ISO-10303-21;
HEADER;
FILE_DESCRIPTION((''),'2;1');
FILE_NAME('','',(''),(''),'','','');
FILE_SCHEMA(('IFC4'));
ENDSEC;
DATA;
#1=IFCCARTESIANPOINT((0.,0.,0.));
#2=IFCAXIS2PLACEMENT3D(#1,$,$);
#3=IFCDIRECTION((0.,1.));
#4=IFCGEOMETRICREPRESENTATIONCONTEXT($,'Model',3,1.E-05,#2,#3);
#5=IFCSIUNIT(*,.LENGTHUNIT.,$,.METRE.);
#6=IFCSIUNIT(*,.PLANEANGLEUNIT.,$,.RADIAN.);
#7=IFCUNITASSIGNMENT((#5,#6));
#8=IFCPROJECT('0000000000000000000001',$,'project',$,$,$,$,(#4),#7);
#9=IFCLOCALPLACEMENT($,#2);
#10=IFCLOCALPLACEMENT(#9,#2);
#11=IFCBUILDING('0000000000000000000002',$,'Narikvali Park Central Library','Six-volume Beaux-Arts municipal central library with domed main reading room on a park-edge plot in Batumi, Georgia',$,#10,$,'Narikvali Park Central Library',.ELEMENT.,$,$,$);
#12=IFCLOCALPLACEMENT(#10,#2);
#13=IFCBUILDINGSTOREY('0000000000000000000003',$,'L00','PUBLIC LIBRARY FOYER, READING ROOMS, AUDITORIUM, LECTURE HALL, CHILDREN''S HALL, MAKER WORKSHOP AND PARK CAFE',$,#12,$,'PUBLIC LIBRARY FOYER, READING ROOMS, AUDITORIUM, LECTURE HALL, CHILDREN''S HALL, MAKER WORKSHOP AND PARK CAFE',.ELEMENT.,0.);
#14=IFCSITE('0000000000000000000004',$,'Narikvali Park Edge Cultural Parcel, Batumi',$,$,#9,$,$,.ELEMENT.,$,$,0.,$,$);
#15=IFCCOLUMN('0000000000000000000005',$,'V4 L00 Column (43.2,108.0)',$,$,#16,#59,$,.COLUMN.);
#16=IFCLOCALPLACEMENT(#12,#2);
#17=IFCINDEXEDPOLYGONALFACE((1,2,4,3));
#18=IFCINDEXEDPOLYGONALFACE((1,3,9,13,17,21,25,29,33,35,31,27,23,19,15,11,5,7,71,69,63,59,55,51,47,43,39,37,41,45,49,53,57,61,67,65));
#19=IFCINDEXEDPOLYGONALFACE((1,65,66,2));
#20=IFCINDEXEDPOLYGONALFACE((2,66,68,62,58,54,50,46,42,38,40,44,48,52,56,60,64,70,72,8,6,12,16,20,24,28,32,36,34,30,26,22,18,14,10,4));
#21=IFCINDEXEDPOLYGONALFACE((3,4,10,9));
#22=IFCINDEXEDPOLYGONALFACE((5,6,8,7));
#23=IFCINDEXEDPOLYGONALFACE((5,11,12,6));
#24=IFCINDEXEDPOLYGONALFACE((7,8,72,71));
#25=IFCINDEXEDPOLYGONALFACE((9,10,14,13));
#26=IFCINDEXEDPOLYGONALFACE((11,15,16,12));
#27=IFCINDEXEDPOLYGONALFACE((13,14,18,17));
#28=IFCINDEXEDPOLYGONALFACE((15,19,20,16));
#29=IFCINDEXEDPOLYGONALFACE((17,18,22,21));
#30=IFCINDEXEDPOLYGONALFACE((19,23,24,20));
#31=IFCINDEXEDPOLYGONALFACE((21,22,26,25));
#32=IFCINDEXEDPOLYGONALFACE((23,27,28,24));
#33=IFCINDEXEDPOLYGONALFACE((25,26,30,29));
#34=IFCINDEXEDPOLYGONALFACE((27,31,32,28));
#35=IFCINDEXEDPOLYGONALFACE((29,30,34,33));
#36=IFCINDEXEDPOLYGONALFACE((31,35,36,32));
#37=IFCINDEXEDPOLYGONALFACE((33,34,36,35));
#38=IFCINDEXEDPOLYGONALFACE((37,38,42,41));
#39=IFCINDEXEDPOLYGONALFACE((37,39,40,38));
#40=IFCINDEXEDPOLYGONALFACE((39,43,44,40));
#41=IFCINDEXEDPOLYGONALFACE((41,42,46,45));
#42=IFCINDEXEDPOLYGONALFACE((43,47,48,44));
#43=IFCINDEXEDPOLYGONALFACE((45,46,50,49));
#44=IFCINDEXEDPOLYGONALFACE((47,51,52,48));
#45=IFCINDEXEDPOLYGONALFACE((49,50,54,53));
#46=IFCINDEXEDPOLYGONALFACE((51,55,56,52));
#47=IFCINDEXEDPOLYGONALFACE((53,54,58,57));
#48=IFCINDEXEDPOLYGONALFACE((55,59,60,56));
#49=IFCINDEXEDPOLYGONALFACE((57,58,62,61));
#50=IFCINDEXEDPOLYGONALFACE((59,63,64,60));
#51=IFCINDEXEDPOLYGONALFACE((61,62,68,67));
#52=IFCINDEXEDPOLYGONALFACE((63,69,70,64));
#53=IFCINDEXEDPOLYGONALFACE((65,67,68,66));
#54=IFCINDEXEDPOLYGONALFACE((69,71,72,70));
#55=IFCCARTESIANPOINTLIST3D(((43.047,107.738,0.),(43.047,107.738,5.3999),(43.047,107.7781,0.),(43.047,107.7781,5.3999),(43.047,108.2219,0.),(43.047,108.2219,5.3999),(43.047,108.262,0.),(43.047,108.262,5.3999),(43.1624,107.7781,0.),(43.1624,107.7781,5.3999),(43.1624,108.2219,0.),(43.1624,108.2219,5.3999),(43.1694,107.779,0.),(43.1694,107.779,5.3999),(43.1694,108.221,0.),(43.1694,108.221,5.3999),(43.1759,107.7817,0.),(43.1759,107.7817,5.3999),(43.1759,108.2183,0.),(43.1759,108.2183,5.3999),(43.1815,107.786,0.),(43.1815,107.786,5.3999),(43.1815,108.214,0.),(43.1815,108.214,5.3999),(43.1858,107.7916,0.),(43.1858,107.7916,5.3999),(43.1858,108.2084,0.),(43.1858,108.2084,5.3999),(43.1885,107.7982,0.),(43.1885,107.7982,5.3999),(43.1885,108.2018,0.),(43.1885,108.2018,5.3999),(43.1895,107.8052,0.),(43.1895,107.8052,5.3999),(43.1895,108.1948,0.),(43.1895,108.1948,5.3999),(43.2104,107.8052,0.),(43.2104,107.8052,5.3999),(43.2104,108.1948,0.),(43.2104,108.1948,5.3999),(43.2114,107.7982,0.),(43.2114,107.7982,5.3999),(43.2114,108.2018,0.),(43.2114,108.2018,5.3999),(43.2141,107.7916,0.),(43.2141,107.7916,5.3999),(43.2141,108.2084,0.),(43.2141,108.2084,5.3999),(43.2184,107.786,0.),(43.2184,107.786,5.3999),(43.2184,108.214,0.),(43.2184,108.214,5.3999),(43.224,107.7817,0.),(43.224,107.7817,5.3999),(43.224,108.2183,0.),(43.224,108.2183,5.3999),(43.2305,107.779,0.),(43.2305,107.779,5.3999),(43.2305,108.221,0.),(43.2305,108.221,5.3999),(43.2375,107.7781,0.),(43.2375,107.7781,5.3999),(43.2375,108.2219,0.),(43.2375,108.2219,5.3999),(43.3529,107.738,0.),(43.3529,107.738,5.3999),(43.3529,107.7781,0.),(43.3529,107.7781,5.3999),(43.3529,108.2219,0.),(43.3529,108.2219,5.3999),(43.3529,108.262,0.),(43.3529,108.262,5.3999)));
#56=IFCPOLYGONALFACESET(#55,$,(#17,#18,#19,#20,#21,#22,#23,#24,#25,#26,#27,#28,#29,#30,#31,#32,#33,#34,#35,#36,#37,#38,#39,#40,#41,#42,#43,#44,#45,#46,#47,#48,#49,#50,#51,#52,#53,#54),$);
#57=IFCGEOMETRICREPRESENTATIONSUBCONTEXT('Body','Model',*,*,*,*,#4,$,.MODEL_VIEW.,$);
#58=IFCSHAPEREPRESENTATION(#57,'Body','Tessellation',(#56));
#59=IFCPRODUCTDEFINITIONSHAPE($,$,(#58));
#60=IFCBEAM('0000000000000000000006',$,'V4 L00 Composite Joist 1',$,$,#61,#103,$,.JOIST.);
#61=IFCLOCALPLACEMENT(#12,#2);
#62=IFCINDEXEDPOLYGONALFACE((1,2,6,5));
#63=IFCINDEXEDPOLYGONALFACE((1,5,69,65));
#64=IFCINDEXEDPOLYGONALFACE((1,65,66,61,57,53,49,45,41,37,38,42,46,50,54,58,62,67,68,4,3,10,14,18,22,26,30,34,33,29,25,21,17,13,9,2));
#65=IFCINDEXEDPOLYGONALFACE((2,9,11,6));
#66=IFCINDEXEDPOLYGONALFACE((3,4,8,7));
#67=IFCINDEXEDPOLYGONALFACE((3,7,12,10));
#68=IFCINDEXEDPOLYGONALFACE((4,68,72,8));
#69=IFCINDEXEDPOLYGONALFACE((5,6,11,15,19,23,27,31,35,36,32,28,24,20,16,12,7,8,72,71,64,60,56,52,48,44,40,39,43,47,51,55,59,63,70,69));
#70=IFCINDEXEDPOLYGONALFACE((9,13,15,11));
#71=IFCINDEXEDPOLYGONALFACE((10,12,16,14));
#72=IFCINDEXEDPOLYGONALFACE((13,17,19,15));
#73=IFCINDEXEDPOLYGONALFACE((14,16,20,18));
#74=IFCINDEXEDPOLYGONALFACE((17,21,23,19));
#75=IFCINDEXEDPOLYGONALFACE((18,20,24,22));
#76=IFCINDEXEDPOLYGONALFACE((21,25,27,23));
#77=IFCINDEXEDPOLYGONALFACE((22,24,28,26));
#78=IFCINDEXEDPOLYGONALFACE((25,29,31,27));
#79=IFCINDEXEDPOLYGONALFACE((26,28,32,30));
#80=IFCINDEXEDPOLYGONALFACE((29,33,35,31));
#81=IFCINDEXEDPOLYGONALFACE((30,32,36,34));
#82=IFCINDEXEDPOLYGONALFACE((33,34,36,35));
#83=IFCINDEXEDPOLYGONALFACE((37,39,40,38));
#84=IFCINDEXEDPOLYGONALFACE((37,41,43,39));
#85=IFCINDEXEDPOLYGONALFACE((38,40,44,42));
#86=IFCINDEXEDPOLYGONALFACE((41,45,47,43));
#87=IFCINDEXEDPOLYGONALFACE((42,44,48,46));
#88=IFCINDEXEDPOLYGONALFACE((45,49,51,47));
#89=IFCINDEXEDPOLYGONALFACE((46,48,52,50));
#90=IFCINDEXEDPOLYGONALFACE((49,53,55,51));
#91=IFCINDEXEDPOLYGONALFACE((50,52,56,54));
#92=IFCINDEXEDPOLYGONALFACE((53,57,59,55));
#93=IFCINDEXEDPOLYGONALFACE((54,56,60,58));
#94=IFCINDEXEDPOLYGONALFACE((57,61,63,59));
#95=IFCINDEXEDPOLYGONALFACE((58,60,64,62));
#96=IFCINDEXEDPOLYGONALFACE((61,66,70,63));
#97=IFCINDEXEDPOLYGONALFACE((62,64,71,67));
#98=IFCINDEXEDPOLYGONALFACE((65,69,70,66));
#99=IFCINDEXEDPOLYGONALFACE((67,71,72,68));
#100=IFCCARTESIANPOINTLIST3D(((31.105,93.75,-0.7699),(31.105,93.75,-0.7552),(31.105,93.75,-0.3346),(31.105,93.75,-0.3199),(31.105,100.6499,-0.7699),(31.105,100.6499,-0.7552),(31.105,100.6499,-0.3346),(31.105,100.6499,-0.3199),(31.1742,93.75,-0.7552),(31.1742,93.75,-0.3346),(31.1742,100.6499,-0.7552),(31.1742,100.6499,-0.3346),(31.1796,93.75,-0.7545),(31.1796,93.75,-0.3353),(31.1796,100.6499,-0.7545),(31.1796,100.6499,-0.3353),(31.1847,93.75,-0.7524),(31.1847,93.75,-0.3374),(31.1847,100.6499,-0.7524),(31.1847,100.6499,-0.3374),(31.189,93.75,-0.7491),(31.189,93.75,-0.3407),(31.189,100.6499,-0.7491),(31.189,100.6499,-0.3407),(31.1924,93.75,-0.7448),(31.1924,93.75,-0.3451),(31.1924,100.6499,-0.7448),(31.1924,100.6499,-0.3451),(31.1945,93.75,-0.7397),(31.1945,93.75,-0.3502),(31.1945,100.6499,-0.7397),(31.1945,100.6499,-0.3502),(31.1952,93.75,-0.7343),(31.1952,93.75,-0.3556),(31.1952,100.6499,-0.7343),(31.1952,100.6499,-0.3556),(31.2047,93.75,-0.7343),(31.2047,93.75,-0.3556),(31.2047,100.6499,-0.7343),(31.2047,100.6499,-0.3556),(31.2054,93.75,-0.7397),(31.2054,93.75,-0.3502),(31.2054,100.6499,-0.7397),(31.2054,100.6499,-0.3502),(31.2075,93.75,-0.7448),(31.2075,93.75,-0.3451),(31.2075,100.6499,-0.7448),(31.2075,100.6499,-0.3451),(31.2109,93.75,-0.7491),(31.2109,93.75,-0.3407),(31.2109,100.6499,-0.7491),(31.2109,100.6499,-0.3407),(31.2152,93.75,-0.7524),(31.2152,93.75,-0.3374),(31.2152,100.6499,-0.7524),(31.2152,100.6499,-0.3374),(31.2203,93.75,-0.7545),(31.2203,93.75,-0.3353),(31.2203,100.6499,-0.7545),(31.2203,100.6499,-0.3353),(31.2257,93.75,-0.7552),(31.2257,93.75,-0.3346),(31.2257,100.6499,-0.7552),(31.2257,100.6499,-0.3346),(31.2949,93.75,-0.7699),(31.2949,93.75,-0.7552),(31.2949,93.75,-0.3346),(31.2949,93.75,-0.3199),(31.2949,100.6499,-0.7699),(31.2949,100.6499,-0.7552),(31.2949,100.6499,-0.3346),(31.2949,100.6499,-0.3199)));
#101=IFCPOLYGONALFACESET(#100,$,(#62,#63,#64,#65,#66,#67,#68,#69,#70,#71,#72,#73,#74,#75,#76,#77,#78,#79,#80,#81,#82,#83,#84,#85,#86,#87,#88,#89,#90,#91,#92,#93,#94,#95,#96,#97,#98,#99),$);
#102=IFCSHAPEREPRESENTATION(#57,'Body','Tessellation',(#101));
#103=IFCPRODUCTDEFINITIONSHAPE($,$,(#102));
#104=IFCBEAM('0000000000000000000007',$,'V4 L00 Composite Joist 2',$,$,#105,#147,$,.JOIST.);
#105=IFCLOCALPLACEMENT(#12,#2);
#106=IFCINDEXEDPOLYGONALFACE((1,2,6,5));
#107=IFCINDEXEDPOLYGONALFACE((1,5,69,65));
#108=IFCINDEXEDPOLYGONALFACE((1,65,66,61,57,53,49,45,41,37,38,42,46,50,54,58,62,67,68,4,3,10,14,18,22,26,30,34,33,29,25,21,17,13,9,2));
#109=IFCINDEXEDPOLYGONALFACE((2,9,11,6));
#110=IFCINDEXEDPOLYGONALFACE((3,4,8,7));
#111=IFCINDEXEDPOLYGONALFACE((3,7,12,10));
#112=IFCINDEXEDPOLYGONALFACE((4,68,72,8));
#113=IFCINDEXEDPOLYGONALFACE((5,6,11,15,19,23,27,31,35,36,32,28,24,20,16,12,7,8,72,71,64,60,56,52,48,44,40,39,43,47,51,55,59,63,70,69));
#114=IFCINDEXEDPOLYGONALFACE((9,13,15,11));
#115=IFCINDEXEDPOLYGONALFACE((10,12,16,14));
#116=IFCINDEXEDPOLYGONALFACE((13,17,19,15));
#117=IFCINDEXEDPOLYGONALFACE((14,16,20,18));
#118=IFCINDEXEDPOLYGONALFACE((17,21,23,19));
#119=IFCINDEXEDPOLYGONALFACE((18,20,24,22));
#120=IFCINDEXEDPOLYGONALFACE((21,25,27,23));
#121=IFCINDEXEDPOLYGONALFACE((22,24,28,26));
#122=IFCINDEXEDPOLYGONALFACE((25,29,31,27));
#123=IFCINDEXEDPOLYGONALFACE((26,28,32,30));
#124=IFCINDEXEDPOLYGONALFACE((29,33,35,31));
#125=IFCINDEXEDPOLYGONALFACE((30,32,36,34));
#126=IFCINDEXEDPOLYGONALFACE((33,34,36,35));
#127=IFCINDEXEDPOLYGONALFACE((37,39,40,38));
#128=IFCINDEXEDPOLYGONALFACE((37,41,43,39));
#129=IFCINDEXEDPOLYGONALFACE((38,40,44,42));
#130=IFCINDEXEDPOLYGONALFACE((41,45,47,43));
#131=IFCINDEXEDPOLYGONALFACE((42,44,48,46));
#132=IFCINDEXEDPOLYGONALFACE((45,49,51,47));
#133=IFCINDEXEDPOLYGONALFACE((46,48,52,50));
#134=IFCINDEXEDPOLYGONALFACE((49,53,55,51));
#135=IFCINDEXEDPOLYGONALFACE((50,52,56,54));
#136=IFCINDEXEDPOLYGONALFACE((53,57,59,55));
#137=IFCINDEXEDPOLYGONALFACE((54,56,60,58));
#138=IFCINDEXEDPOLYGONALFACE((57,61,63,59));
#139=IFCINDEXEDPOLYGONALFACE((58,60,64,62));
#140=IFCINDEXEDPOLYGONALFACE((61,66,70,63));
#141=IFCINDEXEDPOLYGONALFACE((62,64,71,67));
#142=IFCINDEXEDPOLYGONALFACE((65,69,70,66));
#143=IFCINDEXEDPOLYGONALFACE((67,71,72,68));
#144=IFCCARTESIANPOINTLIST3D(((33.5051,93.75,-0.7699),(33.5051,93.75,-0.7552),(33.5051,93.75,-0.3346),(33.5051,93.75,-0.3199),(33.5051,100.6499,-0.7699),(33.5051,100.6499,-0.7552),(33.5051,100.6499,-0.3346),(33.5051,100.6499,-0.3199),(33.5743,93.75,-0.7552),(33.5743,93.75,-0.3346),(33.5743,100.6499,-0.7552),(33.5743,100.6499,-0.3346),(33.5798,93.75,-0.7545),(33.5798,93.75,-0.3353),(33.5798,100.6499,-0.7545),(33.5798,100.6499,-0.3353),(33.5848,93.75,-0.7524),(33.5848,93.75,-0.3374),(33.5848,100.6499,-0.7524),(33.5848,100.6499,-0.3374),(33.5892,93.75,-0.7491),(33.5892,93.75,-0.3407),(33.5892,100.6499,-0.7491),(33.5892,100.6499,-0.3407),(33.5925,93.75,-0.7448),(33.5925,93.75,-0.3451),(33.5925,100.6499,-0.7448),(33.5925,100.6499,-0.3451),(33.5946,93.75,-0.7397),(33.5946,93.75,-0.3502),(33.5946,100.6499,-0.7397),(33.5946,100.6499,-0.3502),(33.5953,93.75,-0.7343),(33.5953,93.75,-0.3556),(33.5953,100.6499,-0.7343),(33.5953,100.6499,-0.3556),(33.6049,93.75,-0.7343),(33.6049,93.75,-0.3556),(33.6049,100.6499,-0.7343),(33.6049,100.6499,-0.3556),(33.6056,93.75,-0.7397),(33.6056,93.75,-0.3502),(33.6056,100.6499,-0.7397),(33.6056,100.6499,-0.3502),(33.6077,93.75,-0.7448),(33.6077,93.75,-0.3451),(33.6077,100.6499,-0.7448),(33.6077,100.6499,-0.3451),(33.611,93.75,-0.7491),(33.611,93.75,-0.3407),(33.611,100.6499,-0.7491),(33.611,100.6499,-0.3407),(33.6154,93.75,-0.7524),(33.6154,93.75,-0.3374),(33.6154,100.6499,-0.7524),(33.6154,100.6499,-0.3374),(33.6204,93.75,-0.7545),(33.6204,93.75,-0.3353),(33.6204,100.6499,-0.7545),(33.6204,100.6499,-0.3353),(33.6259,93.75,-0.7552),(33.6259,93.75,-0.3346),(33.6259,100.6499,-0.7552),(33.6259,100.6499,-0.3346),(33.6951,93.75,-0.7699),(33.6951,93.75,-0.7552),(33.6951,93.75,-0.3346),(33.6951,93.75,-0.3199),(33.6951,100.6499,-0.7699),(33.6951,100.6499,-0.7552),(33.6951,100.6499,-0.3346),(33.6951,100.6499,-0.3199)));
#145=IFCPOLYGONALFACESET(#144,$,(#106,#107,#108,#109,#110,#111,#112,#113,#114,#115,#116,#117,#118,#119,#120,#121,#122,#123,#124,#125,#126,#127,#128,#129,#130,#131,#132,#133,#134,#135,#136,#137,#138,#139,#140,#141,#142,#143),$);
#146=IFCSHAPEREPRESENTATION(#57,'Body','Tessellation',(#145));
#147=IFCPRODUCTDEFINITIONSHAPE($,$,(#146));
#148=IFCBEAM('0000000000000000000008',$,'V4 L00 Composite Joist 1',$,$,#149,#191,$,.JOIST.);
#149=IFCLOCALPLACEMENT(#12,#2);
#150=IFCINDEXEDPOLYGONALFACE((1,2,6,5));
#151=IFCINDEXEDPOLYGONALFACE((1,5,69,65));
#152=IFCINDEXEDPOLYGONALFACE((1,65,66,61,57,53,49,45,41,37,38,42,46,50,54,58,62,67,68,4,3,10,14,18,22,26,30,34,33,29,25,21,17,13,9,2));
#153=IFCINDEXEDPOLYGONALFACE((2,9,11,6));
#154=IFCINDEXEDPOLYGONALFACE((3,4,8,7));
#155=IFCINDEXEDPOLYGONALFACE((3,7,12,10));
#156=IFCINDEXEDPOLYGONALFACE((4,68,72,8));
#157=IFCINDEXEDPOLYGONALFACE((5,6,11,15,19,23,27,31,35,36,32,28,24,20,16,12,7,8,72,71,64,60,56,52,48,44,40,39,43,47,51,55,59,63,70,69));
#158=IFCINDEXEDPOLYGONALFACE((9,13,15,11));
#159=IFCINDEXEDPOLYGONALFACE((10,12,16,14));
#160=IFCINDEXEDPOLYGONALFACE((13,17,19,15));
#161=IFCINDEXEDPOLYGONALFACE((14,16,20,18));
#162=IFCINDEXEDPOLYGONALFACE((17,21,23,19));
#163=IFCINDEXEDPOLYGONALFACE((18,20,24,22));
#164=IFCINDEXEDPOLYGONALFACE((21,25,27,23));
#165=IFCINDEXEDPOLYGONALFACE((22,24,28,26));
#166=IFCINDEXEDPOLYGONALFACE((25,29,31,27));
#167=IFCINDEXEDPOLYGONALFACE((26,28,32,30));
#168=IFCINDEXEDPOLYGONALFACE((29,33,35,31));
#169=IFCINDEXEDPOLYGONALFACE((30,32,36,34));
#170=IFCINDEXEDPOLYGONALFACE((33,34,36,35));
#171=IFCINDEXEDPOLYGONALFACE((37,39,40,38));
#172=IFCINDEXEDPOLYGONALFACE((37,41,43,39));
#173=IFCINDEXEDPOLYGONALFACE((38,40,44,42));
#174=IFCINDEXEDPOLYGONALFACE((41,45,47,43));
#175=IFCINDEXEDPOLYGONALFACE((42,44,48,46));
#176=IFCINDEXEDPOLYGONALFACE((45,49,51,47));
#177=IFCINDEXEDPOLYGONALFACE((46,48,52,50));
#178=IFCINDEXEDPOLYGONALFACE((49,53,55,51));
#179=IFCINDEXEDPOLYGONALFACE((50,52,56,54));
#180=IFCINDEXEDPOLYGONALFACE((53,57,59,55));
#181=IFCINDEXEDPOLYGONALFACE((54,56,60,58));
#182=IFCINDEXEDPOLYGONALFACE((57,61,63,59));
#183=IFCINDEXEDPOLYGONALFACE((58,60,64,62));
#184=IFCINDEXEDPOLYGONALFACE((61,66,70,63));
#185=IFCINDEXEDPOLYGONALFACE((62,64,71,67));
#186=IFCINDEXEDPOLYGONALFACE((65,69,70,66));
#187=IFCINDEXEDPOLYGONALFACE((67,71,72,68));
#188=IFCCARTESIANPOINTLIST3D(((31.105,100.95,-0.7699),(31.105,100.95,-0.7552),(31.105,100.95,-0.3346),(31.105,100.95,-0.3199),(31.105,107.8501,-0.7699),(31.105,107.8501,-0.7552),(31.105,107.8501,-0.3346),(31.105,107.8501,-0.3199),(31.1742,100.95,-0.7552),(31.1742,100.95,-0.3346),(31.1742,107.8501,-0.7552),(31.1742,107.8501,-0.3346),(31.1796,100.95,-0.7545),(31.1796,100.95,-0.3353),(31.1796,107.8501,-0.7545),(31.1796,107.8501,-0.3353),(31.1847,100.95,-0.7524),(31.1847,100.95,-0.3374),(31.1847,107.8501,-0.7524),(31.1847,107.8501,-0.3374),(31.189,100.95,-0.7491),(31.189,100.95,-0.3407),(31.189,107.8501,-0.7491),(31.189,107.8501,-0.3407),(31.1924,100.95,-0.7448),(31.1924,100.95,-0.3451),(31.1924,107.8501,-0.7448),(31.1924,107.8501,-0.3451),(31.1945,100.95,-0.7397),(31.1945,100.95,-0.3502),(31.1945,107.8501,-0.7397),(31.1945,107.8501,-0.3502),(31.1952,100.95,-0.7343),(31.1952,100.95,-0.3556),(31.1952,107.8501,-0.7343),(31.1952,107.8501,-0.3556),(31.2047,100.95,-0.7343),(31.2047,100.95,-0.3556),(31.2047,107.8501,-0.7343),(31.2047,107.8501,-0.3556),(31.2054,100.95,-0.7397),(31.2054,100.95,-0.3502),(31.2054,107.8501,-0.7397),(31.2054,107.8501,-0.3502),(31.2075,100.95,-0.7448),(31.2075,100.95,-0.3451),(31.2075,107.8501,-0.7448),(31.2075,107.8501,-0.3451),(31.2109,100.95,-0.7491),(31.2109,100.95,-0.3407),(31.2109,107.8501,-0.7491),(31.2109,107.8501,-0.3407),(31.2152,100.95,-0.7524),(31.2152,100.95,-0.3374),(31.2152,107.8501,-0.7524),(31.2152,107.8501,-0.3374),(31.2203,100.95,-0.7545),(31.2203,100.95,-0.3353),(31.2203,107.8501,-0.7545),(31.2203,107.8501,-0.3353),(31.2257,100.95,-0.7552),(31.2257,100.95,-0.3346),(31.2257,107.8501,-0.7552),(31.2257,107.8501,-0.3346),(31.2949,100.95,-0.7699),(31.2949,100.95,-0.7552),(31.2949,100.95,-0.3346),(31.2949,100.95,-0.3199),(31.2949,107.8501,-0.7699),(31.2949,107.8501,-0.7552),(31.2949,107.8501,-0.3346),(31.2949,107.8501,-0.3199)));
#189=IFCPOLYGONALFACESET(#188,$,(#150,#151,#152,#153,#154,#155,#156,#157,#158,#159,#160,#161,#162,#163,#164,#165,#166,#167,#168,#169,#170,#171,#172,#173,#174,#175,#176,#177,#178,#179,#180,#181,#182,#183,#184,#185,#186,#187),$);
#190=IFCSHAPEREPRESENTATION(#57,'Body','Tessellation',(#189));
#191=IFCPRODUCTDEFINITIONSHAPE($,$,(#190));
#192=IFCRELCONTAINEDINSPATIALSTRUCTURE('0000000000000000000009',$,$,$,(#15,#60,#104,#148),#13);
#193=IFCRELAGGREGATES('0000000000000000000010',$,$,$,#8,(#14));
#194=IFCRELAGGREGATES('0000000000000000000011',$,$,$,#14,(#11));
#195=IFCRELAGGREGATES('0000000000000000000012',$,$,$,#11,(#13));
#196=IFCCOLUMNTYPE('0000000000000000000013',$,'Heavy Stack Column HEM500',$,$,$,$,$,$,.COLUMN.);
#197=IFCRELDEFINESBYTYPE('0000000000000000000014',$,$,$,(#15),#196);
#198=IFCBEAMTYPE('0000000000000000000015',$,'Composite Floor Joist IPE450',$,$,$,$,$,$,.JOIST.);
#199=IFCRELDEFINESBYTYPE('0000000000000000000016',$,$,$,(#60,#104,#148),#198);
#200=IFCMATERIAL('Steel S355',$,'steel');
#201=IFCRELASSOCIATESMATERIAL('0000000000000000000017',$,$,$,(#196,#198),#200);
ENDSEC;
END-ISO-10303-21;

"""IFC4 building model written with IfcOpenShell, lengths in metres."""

from ifc_helpers import new_model, si_unit, direction, frame, origin, origin_2d, place, context, subcontext, project, spatial, i_section, extrude, material, material_profile, profile_set, type_object, element, save


model = new_model("IFC4")

# Units and contexts
model_context = context("Model", 3, precision=1e-05, world=origin(), true_north=direction((0.0, 1.0)))
body_context = subcontext(model_context, "Body", "Model", "MODEL_VIEW")
ifc_project = project(units=[si_unit("LENGTHUNIT", "METRE"), si_unit("PLANEANGLEUNIT", "RADIAN")], contexts=[model_context])

# Site, building, storey
site_placement = place(None, origin())
site = spatial("IfcSite", under=ifc_project, at=site_placement, Name="Narikvali Park Edge Cultural Parcel, Batumi", CompositionType="ELEMENT", RefElevation=0.0)
building_placement = place(site_placement, origin())
building = spatial("IfcBuilding", under=site, at=building_placement, Name="Narikvali Park Central Library", Description="Six-volume Beaux-Arts municipal central library with domed main reading room on a park-edge plot in Batumi, Georgia", LongName="Narikvali Park Central Library", CompositionType="ELEMENT")
storey_placement = place(building_placement, origin())
storey = spatial("IfcBuildingStorey", under=building, at=storey_placement, Name="L00", Description="PUBLIC LIBRARY FOYER, READING ROOMS, AUDITORIUM, LECTURE HALL, CHILDREN'S HALL, MAKER WORKSHOP AND PARK CAFE", LongName="PUBLIC LIBRARY FOYER, READING ROOMS, AUDITORIUM, LECTURE HALL, CHILDREN'S HALL, MAKER WORKSHOP AND PARK CAFE", CompositionType="ELEMENT", Elevation=0.0)

# Column
ifc_material = material(Name="Steel S355", Category="steel")
ifc_material_profile_1 = material_profile(ifc_material, i_section(OverallWidth=0.3059, OverallDepth=0.5239, WebThickness=0.021, FlangeThickness=0.04, FilletRadius=0.0271, at=origin_2d()), Name="HEM 500")
ifc_profile_set_1 = profile_set([ifc_material_profile_1], Name="Steel S355")
column_type = type_object("IfcColumnType", Name="Heavy Stack Column HEM500", PredefinedType="COLUMN", material=ifc_profile_set_1)
for number, where, z_axis, x_axis, name in (
    (1, (43.2, 108.0, 0.0), (0.0, 0.0, 1.0), (1.0, 0.0, 0.0), "V4 L00 Column (43.2,108.0)"),
):
    element("IfcColumn", number, at=place(storey_placement, frame(where, z_axis=z_axis, x_axis=x_axis)), inside=storey, type_object=column_type, Name=name, PredefinedType="COLUMN", context=body_context, shape_type="SweptSolid", body=[
        extrude(i_section(OverallWidth=0.3059, OverallDepth=0.5239, WebThickness=0.021, FlangeThickness=0.04, FilletRadius=0.0271, at=origin_2d()), origin(), (0.0, 0.0, 1.0), 5.3999),
    ])

# Beams
ifc_material_profile_2 = material_profile(ifc_material, i_section(OverallWidth=0.1899, OverallDepth=0.45, WebThickness=0.0095, FlangeThickness=0.0146, FilletRadius=0.021, at=origin_2d()), Name="IPE 450")
ifc_profile_set_2 = profile_set([ifc_material_profile_2], Name="Steel S355")
beam_type_1 = type_object("IfcBeamType", Name="Composite Floor Joist IPE450", PredefinedType="JOIST", material=ifc_profile_set_2)
for number, where, z_axis, x_axis, name in (
    (2, (31.2, 93.75, -0.5449), (0.0, 1.0, 0.0), (-1.0, 0.0, 0.0), "V4 L00 Composite Joist 1"),
    (3, (33.6001, 93.75, -0.5449), (0.0, 1.0, 0.0), (-1.0, 0.0, 0.0), "V4 L00 Composite Joist 2"),
):
    element("IfcBeam", number, at=place(storey_placement, frame(where, z_axis=z_axis, x_axis=x_axis)), inside=storey, type_object=beam_type_1, Name=name, PredefinedType="JOIST", context=body_context, shape_type="SweptSolid", body=[
        extrude(i_section(OverallWidth=0.1899, OverallDepth=0.45, WebThickness=0.0095, FlangeThickness=0.0146, FilletRadius=0.021, at=origin_2d()), origin(), (0.0, 0.0, 1.0), 6.8999),
    ])
for number, where, z_axis, x_axis, name in (
    (4, (31.2, 100.95, -0.5449), (0.0, 1.0, 0.0), (-1.0, 0.0, 0.0), "V4 L00 Composite Joist 1"),
):
    element("IfcBeam", number, at=place(storey_placement, frame(where, z_axis=z_axis, x_axis=x_axis)), inside=storey, type_object=beam_type_1, Name=name, PredefinedType="JOIST", context=body_context, shape_type="SweptSolid", body=[
        extrude(i_section(OverallWidth=0.1899, OverallDepth=0.45, WebThickness=0.0095, FlangeThickness=0.0146, FilletRadius=0.021, at=origin_2d()), origin(), (0.0, 0.0, 1.0), 6.9001),
    ])

save(model, "model.ifc")
